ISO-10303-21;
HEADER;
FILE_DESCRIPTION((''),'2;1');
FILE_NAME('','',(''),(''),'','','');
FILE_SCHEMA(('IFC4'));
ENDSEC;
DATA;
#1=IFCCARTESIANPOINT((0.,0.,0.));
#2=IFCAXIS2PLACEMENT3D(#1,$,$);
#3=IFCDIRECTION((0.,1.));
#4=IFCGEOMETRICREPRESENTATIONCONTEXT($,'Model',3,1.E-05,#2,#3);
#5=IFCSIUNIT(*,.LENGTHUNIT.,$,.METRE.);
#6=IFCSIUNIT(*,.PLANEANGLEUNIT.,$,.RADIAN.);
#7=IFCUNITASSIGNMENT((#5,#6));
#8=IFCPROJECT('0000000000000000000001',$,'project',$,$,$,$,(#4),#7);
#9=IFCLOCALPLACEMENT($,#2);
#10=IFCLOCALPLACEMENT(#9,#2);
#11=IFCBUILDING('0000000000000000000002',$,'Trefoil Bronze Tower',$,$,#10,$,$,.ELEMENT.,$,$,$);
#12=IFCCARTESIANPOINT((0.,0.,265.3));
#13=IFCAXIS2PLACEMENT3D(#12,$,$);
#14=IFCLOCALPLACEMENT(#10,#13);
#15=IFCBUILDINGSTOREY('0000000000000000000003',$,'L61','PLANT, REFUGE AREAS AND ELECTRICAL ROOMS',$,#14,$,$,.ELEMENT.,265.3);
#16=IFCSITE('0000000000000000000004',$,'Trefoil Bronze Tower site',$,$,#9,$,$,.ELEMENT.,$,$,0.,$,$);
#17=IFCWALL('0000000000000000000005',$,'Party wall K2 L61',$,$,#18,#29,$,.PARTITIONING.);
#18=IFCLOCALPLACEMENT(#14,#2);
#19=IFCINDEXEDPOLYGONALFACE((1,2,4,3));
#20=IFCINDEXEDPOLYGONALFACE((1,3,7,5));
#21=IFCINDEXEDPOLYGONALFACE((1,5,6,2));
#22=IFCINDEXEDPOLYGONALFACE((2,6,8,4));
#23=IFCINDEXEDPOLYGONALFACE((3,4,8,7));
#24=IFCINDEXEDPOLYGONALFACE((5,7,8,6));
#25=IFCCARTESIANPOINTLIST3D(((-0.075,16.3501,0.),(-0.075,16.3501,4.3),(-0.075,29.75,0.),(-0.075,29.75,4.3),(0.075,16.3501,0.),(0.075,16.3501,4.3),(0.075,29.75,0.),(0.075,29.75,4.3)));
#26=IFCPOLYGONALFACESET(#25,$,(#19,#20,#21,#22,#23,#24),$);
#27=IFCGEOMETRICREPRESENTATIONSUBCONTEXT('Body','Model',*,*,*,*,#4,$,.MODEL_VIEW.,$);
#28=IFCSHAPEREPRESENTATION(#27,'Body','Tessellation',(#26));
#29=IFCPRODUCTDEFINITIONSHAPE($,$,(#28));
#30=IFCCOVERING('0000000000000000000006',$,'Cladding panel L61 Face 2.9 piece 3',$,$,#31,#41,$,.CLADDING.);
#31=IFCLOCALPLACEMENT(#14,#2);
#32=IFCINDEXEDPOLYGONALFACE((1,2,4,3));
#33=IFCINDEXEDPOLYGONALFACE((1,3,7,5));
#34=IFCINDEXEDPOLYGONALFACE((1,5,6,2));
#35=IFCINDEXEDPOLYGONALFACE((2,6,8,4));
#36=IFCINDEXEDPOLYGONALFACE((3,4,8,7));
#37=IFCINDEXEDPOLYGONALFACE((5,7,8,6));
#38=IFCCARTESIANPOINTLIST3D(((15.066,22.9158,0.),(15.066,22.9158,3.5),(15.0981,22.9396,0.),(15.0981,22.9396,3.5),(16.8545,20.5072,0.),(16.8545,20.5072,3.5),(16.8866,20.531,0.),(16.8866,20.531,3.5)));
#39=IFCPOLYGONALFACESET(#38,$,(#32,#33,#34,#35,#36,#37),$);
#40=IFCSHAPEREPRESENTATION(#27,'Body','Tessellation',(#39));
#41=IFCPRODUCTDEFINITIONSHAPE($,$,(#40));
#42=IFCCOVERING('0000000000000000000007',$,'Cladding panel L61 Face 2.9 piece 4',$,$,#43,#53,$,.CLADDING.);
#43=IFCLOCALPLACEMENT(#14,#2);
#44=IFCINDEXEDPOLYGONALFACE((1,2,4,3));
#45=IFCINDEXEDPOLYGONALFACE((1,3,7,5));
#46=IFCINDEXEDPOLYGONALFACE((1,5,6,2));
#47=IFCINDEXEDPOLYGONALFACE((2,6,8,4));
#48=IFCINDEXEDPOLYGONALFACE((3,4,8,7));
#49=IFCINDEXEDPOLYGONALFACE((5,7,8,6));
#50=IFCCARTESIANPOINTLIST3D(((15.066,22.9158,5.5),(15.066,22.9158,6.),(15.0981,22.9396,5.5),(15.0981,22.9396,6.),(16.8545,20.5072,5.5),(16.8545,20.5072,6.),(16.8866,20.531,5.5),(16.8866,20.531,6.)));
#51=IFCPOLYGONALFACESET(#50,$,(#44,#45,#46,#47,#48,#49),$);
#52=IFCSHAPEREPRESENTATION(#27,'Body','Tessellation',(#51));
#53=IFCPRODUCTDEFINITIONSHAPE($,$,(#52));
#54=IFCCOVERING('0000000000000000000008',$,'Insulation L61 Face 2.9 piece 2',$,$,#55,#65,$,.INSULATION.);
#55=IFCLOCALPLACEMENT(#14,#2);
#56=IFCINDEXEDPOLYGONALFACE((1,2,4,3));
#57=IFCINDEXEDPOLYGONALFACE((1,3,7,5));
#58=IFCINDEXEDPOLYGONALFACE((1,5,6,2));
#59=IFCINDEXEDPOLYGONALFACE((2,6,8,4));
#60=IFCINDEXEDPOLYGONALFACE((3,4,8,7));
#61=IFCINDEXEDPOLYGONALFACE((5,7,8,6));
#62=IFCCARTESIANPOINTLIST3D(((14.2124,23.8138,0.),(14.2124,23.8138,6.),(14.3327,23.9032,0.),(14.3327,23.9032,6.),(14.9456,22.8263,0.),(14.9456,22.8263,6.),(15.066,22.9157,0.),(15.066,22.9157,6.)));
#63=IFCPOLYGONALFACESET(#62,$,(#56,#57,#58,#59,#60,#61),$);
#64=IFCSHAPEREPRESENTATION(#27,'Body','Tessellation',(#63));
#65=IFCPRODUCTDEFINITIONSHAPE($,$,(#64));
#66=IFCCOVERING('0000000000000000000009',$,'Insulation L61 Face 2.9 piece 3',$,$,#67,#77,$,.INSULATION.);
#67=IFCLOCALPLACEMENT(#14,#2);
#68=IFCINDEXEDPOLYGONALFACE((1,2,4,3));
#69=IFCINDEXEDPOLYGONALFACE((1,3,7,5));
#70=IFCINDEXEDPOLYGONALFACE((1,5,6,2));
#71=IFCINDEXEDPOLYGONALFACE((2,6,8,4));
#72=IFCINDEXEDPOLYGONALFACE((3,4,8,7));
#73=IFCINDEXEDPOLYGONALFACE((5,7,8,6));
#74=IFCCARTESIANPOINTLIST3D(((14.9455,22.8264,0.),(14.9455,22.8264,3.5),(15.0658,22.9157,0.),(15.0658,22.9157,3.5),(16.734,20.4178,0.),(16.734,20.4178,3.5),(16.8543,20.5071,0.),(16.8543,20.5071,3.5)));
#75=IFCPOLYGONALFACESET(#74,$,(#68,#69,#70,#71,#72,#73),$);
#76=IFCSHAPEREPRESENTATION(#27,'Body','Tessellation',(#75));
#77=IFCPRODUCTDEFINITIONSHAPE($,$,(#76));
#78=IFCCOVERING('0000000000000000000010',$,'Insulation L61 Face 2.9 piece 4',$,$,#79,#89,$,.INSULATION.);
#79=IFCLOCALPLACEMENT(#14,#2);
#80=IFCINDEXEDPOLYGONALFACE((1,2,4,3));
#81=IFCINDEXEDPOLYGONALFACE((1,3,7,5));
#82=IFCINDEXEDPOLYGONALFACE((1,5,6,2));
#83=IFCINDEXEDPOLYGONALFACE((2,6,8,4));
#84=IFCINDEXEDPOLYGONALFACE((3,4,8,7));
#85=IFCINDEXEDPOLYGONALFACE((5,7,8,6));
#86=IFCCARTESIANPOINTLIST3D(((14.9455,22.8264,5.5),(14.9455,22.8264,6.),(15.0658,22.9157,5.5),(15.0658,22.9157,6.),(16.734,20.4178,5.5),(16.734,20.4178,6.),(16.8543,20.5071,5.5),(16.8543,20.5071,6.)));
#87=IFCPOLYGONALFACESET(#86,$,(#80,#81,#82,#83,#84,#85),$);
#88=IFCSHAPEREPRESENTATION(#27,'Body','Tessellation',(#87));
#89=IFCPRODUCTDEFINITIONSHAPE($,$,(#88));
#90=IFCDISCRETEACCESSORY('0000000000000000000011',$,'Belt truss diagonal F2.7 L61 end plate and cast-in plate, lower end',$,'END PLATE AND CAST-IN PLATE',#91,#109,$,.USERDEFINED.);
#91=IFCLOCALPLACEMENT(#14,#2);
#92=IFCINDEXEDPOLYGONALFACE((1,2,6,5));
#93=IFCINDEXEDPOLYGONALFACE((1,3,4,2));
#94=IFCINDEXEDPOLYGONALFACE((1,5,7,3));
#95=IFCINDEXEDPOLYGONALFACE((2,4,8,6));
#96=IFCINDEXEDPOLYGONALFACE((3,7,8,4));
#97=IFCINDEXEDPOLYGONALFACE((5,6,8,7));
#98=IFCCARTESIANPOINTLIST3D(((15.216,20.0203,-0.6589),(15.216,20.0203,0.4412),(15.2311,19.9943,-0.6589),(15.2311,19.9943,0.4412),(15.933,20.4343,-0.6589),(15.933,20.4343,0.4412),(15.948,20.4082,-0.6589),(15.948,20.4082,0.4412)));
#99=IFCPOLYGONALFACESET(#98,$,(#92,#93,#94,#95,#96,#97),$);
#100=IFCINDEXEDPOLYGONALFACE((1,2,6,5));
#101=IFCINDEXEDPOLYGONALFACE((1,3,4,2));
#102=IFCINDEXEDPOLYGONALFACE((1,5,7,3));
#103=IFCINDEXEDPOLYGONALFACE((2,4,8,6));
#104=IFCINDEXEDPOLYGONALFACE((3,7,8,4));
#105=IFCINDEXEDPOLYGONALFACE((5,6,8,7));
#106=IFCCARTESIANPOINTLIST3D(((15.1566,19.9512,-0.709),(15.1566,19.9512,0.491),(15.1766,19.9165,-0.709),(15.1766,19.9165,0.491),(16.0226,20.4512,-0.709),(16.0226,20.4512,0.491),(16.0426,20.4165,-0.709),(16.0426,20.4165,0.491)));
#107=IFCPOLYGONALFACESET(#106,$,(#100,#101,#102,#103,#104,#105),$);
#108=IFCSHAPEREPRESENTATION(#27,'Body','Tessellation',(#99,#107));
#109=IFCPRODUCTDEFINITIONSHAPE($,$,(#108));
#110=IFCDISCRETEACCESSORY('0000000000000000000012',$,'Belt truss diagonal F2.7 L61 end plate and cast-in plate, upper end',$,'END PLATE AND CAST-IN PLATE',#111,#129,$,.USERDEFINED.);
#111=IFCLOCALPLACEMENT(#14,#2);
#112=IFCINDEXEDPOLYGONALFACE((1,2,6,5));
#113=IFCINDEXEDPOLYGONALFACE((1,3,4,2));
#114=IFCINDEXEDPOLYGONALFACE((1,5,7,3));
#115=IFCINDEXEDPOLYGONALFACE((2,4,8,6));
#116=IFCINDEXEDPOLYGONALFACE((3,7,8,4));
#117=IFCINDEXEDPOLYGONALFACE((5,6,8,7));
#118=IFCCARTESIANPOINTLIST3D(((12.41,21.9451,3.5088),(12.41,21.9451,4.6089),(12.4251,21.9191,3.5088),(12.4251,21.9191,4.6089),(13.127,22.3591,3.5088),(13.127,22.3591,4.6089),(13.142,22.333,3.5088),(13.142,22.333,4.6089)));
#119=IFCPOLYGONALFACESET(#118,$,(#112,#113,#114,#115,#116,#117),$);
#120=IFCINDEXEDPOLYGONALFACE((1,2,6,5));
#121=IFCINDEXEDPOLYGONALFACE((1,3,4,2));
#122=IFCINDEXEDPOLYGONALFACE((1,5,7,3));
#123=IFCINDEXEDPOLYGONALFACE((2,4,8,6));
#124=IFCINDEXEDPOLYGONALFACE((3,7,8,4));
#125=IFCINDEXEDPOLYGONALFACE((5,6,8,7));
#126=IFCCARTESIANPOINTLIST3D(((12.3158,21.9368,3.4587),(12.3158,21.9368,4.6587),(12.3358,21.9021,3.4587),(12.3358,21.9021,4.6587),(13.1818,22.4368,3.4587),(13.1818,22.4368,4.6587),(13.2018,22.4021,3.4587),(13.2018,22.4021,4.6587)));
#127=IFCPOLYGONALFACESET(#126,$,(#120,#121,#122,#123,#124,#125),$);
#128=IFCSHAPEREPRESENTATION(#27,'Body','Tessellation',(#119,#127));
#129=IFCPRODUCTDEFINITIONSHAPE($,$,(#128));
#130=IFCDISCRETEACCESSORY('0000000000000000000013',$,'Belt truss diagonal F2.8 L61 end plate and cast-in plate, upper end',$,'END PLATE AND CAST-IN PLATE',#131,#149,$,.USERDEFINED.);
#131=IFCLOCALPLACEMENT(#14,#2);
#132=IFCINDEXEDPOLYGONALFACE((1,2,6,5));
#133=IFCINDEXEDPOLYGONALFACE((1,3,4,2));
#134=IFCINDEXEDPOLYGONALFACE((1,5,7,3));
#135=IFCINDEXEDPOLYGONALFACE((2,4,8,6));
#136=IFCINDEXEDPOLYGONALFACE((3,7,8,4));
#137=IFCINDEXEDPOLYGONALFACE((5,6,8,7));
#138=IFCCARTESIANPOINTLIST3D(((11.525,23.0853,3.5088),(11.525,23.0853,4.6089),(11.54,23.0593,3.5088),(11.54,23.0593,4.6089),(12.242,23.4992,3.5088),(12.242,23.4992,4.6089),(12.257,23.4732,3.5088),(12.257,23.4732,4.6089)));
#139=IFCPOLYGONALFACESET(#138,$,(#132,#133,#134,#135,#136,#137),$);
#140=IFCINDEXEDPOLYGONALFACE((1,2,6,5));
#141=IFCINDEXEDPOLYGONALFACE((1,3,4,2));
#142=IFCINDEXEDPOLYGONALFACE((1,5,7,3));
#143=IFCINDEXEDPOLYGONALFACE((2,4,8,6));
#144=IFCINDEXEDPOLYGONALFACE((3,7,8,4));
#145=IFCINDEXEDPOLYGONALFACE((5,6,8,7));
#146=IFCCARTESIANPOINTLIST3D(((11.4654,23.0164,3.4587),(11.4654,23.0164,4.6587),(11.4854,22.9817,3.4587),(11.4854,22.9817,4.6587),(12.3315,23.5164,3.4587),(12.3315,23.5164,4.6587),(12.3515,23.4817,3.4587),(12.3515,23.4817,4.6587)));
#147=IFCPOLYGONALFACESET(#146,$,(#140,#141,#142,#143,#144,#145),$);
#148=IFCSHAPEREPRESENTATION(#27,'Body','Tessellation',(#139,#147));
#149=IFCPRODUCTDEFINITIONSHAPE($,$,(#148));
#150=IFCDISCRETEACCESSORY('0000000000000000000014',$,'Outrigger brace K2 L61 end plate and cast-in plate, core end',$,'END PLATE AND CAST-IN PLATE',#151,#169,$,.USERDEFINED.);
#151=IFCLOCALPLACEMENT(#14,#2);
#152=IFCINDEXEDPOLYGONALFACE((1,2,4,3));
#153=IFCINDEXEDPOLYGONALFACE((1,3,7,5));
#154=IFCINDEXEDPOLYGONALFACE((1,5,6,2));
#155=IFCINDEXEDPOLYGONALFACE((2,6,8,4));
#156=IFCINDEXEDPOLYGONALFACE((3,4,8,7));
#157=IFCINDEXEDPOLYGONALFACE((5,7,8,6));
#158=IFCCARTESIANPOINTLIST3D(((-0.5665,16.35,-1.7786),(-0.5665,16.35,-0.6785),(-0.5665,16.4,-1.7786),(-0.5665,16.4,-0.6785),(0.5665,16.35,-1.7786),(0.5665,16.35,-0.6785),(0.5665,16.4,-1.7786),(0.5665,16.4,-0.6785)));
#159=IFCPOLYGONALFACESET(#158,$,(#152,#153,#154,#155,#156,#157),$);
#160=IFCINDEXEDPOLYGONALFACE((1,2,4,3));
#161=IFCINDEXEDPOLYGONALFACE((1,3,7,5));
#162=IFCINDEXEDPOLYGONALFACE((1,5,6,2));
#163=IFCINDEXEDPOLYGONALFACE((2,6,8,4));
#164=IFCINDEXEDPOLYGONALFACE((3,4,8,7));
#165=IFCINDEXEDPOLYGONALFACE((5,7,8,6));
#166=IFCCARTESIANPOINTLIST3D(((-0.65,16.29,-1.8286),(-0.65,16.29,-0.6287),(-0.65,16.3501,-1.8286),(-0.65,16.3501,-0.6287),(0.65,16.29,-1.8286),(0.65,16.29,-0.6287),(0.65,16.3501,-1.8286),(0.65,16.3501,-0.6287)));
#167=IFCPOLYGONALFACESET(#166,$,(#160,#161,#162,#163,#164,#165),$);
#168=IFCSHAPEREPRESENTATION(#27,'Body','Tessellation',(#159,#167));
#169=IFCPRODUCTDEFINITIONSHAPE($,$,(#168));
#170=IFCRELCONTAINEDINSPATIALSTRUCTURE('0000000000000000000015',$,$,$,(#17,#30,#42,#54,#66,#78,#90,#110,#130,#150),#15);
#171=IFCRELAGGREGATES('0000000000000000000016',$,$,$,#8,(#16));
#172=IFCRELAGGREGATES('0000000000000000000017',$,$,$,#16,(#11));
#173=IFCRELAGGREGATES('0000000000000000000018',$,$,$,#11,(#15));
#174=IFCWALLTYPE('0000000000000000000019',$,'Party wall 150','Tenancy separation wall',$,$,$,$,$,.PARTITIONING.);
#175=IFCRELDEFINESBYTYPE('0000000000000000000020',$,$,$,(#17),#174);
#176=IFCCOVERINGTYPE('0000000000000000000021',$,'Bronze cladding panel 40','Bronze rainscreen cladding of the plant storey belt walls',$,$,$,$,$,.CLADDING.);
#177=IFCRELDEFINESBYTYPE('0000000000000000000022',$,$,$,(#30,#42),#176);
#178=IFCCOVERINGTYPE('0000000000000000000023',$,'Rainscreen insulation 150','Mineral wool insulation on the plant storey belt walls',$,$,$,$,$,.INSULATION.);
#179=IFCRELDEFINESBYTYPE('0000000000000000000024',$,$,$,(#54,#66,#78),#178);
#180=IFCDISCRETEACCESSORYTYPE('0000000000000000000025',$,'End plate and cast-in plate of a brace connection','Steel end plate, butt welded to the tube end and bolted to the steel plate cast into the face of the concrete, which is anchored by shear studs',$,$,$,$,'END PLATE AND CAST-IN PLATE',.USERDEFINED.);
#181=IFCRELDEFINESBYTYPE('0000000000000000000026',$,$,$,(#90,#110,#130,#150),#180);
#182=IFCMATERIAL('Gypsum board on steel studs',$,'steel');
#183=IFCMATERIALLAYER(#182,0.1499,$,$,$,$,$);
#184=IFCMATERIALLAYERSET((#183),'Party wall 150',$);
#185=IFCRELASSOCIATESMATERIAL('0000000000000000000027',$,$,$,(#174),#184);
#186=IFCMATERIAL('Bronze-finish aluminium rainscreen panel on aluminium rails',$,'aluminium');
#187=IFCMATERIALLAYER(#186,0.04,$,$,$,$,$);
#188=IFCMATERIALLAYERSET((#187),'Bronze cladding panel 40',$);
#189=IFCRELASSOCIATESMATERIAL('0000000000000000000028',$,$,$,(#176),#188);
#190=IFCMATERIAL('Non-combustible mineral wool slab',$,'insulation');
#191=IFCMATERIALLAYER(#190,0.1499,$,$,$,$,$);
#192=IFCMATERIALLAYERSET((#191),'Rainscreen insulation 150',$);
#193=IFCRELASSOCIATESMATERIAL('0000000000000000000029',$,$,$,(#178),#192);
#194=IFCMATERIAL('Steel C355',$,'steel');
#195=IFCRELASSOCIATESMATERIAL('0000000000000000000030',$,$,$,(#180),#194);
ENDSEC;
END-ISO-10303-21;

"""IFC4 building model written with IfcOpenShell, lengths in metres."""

from ifc_helpers import new_model, si_unit, direction, frame, frame_2d, origin, origin_2d, place, context, subcontext, project, spatial, rectangle, extrude, material, layer, layer_set, type_object, element, save


model = new_model("IFC4")

# Units and contexts
model_context = context("Model", 3, precision=1e-05, world=origin(), true_north=direction((0.0, 1.0)))
body_context = subcontext(model_context, "Body", "Model", "MODEL_VIEW")
ifc_project = project(units=[si_unit("LENGTHUNIT", "METRE"), si_unit("PLANEANGLEUNIT", "RADIAN")], contexts=[model_context])

# Site, building, storey
site_placement = place(None, origin())
site = spatial("IfcSite", under=ifc_project, at=site_placement, Name="Trefoil Bronze Tower site", CompositionType="ELEMENT", RefElevation=0.0)
building_placement = place(site_placement, origin())
building = spatial("IfcBuilding", under=site, at=building_placement, Name="Trefoil Bronze Tower", CompositionType="ELEMENT")
storey_placement = place(building_placement, frame((0.0, 0.0, 265.3)))
storey = spatial("IfcBuildingStorey", under=building, at=storey_placement, Name="L61", Description="PLANT, REFUGE AREAS AND ELECTRICAL ROOMS", CompositionType="ELEMENT", Elevation=265.3)

# Wall
ifc_material_1 = material(Name="Gypsum board on steel studs", Category="steel")
ifc_layer_1 = layer(ifc_material_1, 0.1499)
ifc_layer_set_1 = layer_set([ifc_layer_1], Name="Party wall 150")
wall_type_1 = type_object("IfcWallType", Name="Party wall 150", Description="Tenancy separation wall", PredefinedType="PARTITIONING", material=ifc_layer_set_1)
wall_1_placement = place(storey_placement, frame((0.0, 16.3501, 0.0), z_axis=(0.0, 0.0, 1.0), x_axis=(0.0, 1.0, 0.0)))
element("IfcWall", 1, at=wall_1_placement, inside=storey, type_object=wall_type_1, Name="Party wall K2 L61", PredefinedType="PARTITIONING", context=body_context, shape_type="SweptSolid", body=[
    extrude(rectangle(XDim=13.3999, YDim=0.1499, at=frame_2d((6.7, 0.0))), origin(), (0.0, 0.0, 1.0), 4.3),
])

# Coverings
ifc_material_2 = material(Name="Bronze-finish aluminium rainscreen panel on aluminium rails", Category="aluminium")
ifc_layer_2 = layer(ifc_material_2, 0.04)
ifc_layer_set_2 = layer_set([ifc_layer_2], Name="Bronze cladding panel 40")
covering_type_1 = type_object("IfcCoveringType", Name="Bronze cladding panel 40", Description="Bronze rainscreen cladding of the plant storey belt walls", PredefinedType="CLADDING", material=ifc_layer_set_2)
covering_1_placement = place(storey_placement, frame((15.9763, 21.7234, 0.0), z_axis=(0.0, 0.0, 1.0), x_axis=(-0.596162, 0.802865, 0.0)))
element("IfcCovering", 2, at=covering_1_placement, inside=storey, type_object=covering_type_1, Name="Cladding panel L61 Face 2.9 piece 3", PredefinedType="CLADDING", context=body_context, shape_type="SweptSolid", body=[
    extrude(rectangle(XDim=3.0, YDim=0.04, at=origin_2d()), origin(), (0.0, 0.0, 1.0), 3.5),
])
covering_2_placement = place(storey_placement, frame((15.9763, 21.7234, 5.5), z_axis=(0.0, 0.0, 1.0), x_axis=(-0.596162, 0.802865, 0.0)))
element("IfcCovering", 3, at=covering_2_placement, inside=storey, type_object=covering_type_1, Name="Cladding panel L61 Face 2.9 piece 4", PredefinedType="CLADDING", context=body_context, shape_type="SweptSolid", body=[
    extrude(rectangle(XDim=3.0, YDim=0.04, at=origin_2d()), origin(), (0.0, 0.0, 1.0), 0.5),
])
ifc_material_3 = material(Name="Non-combustible mineral wool slab", Category="insulation")
ifc_layer_3 = layer(ifc_material_3, 0.1499)
ifc_layer_set_3 = layer_set([ifc_layer_3], Name="Rainscreen insulation 150")
covering_type_2 = type_object("IfcCoveringType", Name="Rainscreen insulation 150", Description="Mineral wool insulation on the plant storey belt walls", PredefinedType="INSULATION", material=ifc_layer_set_3)
covering_3_placement = place(storey_placement, frame((14.6392, 23.3647, 0.0), z_axis=(0.0, 0.0, 1.0), x_axis=(-0.596162, 0.802865, 0.0)))
element("IfcCovering", 4, at=covering_3_placement, inside=storey, type_object=covering_type_2, Name="Insulation L61 Face 2.9 piece 2", PredefinedType="INSULATION", context=body_context, shape_type="SweptSolid", body=[
    extrude(rectangle(XDim=1.23, YDim=0.1499, at=origin_2d()), origin(), (0.0, 0.0, 1.0), 6.0),
])
covering_4_placement = place(storey_placement, frame((15.8999, 21.6667, 0.0), z_axis=(0.0, 0.0, 1.0), x_axis=(-0.596162, 0.802865, 0.0)))
element("IfcCovering", 5, at=covering_4_placement, inside=storey, type_object=covering_type_2, Name="Insulation L61 Face 2.9 piece 3", PredefinedType="INSULATION", context=body_context, shape_type="SweptSolid", body=[
    extrude(rectangle(XDim=3.0, YDim=0.1499, at=origin_2d()), origin(), (0.0, 0.0, 1.0), 3.5),
])
covering_5_placement = place(storey_placement, frame((15.8999, 21.6667, 5.5), z_axis=(0.0, 0.0, 1.0), x_axis=(-0.596162, 0.802865, 0.0)))
element("IfcCovering", 6, at=covering_5_placement, inside=storey, type_object=covering_type_2, Name="Insulation L61 Face 2.9 piece 4", PredefinedType="INSULATION", context=body_context, shape_type="SweptSolid", body=[
    extrude(rectangle(XDim=3.0, YDim=0.1499, at=origin_2d()), origin(), (0.0, 0.0, 1.0), 0.5),
])

# Discrete accessories
ifc_material_4 = material(Name="Steel C355", Category="steel")
discrete_accessory_type = type_object("IfcDiscreteAccessoryType", Name="End plate and cast-in plate of a brace connection", Description="Steel end plate, butt welded to the tube end and bolted to the steel plate cast into the face of the concrete, which is anchored by shear studs", ElementType="END PLATE AND CAST-IN PLATE", PredefinedType="USERDEFINED", material=ifc_material_4)
discrete_accessory_1_placement = place(storey_placement, frame((15.5896, 20.2012, -0.1089), z_axis=(0.0, 0.0, 1.0), x_axis=(-0.5, 0.866025, 0.0)))
element("IfcDiscreteAccessory", 7, at=discrete_accessory_1_placement, inside=storey, type_object=discrete_accessory_type, Name="Belt truss diagonal F2.7 L61 end plate and cast-in plate, lower end", ObjectType="END PLATE AND CAST-IN PLATE", PredefinedType="USERDEFINED", context=body_context, shape_type="SweptSolid", body=[
    extrude(rectangle(XDim=0.03, YDim=0.8279, at=origin_2d()), frame((0.0151, 0.0, -0.55)), (0.0, 0.0, 1.0), 1.1001),
    extrude(rectangle(XDim=0.04, YDim=1.0, at=origin_2d()), frame((-0.02, 0.0, -0.6001)), (0.0, 0.0, 1.0), 1.2),
])
discrete_accessory_2_placement = place(storey_placement, frame((12.7688, 22.1521, 4.0588), z_axis=(0.0, 0.0, 1.0), x_axis=(0.5, -0.866025, 0.0)))
element("IfcDiscreteAccessory", 8, at=discrete_accessory_2_placement, inside=storey, type_object=discrete_accessory_type, Name="Belt truss diagonal F2.7 L61 end plate and cast-in plate, upper end", ObjectType="END PLATE AND CAST-IN PLATE", PredefinedType="USERDEFINED", context=body_context, shape_type="SweptSolid", body=[
    extrude(rectangle(XDim=0.03, YDim=0.8279, at=origin_2d()), frame((0.0149, -0.0002, -0.55)), (0.0, 0.0, 1.0), 1.1001),
    extrude(rectangle(XDim=0.04, YDim=1.0, at=origin_2d()), frame((-0.02, 0.0, -0.6001)), (0.0, 0.0, 1.0), 1.2),
])
discrete_accessory_3_placement = place(storey_placement, frame((11.8984, 23.2664, 4.0588), z_axis=(0.0, 0.0, 1.0), x_axis=(-0.5, 0.866025, 0.0)))
element("IfcDiscreteAccessory", 9, at=discrete_accessory_3_placement, inside=storey, type_object=discrete_accessory_type, Name="Belt truss diagonal F2.8 L61 end plate and cast-in plate, upper end", ObjectType="END PLATE AND CAST-IN PLATE", PredefinedType="USERDEFINED", context=body_context, shape_type="SweptSolid", body=[
    extrude(rectangle(XDim=0.03, YDim=0.8279, at=origin_2d()), frame((0.0149, 0.0, -0.55)), (0.0, 0.0, 1.0), 1.1001),
    extrude(rectangle(XDim=0.04, YDim=1.0, at=origin_2d()), frame((-0.02, 0.0, -0.6001)), (0.0, 0.0, 1.0), 1.2),
])
discrete_accessory_4_placement = place(storey_placement, frame((0.0, 16.3501, -1.2285), z_axis=(0.0, 0.0, 1.0), x_axis=(0.0, 1.0, 0.0)))
element("IfcDiscreteAccessory", 10, at=discrete_accessory_4_placement, inside=storey, type_object=discrete_accessory_type, Name="Outrigger brace K2 L61 end plate and cast-in plate, core end", ObjectType="END PLATE AND CAST-IN PLATE", PredefinedType="USERDEFINED", context=body_context, shape_type="SweptSolid", body=[
    extrude(rectangle(XDim=0.05, YDim=1.1331, at=origin_2d()), frame((0.0249, 0.0, -0.55)), (0.0, 0.0, 1.0), 1.1001),
    extrude(rectangle(XDim=0.0601, YDim=1.3, at=origin_2d()), frame((-0.03, 0.0, -0.6001)), (0.0, 0.0, 1.0), 1.2),
])

save(model, "model.ifc")
